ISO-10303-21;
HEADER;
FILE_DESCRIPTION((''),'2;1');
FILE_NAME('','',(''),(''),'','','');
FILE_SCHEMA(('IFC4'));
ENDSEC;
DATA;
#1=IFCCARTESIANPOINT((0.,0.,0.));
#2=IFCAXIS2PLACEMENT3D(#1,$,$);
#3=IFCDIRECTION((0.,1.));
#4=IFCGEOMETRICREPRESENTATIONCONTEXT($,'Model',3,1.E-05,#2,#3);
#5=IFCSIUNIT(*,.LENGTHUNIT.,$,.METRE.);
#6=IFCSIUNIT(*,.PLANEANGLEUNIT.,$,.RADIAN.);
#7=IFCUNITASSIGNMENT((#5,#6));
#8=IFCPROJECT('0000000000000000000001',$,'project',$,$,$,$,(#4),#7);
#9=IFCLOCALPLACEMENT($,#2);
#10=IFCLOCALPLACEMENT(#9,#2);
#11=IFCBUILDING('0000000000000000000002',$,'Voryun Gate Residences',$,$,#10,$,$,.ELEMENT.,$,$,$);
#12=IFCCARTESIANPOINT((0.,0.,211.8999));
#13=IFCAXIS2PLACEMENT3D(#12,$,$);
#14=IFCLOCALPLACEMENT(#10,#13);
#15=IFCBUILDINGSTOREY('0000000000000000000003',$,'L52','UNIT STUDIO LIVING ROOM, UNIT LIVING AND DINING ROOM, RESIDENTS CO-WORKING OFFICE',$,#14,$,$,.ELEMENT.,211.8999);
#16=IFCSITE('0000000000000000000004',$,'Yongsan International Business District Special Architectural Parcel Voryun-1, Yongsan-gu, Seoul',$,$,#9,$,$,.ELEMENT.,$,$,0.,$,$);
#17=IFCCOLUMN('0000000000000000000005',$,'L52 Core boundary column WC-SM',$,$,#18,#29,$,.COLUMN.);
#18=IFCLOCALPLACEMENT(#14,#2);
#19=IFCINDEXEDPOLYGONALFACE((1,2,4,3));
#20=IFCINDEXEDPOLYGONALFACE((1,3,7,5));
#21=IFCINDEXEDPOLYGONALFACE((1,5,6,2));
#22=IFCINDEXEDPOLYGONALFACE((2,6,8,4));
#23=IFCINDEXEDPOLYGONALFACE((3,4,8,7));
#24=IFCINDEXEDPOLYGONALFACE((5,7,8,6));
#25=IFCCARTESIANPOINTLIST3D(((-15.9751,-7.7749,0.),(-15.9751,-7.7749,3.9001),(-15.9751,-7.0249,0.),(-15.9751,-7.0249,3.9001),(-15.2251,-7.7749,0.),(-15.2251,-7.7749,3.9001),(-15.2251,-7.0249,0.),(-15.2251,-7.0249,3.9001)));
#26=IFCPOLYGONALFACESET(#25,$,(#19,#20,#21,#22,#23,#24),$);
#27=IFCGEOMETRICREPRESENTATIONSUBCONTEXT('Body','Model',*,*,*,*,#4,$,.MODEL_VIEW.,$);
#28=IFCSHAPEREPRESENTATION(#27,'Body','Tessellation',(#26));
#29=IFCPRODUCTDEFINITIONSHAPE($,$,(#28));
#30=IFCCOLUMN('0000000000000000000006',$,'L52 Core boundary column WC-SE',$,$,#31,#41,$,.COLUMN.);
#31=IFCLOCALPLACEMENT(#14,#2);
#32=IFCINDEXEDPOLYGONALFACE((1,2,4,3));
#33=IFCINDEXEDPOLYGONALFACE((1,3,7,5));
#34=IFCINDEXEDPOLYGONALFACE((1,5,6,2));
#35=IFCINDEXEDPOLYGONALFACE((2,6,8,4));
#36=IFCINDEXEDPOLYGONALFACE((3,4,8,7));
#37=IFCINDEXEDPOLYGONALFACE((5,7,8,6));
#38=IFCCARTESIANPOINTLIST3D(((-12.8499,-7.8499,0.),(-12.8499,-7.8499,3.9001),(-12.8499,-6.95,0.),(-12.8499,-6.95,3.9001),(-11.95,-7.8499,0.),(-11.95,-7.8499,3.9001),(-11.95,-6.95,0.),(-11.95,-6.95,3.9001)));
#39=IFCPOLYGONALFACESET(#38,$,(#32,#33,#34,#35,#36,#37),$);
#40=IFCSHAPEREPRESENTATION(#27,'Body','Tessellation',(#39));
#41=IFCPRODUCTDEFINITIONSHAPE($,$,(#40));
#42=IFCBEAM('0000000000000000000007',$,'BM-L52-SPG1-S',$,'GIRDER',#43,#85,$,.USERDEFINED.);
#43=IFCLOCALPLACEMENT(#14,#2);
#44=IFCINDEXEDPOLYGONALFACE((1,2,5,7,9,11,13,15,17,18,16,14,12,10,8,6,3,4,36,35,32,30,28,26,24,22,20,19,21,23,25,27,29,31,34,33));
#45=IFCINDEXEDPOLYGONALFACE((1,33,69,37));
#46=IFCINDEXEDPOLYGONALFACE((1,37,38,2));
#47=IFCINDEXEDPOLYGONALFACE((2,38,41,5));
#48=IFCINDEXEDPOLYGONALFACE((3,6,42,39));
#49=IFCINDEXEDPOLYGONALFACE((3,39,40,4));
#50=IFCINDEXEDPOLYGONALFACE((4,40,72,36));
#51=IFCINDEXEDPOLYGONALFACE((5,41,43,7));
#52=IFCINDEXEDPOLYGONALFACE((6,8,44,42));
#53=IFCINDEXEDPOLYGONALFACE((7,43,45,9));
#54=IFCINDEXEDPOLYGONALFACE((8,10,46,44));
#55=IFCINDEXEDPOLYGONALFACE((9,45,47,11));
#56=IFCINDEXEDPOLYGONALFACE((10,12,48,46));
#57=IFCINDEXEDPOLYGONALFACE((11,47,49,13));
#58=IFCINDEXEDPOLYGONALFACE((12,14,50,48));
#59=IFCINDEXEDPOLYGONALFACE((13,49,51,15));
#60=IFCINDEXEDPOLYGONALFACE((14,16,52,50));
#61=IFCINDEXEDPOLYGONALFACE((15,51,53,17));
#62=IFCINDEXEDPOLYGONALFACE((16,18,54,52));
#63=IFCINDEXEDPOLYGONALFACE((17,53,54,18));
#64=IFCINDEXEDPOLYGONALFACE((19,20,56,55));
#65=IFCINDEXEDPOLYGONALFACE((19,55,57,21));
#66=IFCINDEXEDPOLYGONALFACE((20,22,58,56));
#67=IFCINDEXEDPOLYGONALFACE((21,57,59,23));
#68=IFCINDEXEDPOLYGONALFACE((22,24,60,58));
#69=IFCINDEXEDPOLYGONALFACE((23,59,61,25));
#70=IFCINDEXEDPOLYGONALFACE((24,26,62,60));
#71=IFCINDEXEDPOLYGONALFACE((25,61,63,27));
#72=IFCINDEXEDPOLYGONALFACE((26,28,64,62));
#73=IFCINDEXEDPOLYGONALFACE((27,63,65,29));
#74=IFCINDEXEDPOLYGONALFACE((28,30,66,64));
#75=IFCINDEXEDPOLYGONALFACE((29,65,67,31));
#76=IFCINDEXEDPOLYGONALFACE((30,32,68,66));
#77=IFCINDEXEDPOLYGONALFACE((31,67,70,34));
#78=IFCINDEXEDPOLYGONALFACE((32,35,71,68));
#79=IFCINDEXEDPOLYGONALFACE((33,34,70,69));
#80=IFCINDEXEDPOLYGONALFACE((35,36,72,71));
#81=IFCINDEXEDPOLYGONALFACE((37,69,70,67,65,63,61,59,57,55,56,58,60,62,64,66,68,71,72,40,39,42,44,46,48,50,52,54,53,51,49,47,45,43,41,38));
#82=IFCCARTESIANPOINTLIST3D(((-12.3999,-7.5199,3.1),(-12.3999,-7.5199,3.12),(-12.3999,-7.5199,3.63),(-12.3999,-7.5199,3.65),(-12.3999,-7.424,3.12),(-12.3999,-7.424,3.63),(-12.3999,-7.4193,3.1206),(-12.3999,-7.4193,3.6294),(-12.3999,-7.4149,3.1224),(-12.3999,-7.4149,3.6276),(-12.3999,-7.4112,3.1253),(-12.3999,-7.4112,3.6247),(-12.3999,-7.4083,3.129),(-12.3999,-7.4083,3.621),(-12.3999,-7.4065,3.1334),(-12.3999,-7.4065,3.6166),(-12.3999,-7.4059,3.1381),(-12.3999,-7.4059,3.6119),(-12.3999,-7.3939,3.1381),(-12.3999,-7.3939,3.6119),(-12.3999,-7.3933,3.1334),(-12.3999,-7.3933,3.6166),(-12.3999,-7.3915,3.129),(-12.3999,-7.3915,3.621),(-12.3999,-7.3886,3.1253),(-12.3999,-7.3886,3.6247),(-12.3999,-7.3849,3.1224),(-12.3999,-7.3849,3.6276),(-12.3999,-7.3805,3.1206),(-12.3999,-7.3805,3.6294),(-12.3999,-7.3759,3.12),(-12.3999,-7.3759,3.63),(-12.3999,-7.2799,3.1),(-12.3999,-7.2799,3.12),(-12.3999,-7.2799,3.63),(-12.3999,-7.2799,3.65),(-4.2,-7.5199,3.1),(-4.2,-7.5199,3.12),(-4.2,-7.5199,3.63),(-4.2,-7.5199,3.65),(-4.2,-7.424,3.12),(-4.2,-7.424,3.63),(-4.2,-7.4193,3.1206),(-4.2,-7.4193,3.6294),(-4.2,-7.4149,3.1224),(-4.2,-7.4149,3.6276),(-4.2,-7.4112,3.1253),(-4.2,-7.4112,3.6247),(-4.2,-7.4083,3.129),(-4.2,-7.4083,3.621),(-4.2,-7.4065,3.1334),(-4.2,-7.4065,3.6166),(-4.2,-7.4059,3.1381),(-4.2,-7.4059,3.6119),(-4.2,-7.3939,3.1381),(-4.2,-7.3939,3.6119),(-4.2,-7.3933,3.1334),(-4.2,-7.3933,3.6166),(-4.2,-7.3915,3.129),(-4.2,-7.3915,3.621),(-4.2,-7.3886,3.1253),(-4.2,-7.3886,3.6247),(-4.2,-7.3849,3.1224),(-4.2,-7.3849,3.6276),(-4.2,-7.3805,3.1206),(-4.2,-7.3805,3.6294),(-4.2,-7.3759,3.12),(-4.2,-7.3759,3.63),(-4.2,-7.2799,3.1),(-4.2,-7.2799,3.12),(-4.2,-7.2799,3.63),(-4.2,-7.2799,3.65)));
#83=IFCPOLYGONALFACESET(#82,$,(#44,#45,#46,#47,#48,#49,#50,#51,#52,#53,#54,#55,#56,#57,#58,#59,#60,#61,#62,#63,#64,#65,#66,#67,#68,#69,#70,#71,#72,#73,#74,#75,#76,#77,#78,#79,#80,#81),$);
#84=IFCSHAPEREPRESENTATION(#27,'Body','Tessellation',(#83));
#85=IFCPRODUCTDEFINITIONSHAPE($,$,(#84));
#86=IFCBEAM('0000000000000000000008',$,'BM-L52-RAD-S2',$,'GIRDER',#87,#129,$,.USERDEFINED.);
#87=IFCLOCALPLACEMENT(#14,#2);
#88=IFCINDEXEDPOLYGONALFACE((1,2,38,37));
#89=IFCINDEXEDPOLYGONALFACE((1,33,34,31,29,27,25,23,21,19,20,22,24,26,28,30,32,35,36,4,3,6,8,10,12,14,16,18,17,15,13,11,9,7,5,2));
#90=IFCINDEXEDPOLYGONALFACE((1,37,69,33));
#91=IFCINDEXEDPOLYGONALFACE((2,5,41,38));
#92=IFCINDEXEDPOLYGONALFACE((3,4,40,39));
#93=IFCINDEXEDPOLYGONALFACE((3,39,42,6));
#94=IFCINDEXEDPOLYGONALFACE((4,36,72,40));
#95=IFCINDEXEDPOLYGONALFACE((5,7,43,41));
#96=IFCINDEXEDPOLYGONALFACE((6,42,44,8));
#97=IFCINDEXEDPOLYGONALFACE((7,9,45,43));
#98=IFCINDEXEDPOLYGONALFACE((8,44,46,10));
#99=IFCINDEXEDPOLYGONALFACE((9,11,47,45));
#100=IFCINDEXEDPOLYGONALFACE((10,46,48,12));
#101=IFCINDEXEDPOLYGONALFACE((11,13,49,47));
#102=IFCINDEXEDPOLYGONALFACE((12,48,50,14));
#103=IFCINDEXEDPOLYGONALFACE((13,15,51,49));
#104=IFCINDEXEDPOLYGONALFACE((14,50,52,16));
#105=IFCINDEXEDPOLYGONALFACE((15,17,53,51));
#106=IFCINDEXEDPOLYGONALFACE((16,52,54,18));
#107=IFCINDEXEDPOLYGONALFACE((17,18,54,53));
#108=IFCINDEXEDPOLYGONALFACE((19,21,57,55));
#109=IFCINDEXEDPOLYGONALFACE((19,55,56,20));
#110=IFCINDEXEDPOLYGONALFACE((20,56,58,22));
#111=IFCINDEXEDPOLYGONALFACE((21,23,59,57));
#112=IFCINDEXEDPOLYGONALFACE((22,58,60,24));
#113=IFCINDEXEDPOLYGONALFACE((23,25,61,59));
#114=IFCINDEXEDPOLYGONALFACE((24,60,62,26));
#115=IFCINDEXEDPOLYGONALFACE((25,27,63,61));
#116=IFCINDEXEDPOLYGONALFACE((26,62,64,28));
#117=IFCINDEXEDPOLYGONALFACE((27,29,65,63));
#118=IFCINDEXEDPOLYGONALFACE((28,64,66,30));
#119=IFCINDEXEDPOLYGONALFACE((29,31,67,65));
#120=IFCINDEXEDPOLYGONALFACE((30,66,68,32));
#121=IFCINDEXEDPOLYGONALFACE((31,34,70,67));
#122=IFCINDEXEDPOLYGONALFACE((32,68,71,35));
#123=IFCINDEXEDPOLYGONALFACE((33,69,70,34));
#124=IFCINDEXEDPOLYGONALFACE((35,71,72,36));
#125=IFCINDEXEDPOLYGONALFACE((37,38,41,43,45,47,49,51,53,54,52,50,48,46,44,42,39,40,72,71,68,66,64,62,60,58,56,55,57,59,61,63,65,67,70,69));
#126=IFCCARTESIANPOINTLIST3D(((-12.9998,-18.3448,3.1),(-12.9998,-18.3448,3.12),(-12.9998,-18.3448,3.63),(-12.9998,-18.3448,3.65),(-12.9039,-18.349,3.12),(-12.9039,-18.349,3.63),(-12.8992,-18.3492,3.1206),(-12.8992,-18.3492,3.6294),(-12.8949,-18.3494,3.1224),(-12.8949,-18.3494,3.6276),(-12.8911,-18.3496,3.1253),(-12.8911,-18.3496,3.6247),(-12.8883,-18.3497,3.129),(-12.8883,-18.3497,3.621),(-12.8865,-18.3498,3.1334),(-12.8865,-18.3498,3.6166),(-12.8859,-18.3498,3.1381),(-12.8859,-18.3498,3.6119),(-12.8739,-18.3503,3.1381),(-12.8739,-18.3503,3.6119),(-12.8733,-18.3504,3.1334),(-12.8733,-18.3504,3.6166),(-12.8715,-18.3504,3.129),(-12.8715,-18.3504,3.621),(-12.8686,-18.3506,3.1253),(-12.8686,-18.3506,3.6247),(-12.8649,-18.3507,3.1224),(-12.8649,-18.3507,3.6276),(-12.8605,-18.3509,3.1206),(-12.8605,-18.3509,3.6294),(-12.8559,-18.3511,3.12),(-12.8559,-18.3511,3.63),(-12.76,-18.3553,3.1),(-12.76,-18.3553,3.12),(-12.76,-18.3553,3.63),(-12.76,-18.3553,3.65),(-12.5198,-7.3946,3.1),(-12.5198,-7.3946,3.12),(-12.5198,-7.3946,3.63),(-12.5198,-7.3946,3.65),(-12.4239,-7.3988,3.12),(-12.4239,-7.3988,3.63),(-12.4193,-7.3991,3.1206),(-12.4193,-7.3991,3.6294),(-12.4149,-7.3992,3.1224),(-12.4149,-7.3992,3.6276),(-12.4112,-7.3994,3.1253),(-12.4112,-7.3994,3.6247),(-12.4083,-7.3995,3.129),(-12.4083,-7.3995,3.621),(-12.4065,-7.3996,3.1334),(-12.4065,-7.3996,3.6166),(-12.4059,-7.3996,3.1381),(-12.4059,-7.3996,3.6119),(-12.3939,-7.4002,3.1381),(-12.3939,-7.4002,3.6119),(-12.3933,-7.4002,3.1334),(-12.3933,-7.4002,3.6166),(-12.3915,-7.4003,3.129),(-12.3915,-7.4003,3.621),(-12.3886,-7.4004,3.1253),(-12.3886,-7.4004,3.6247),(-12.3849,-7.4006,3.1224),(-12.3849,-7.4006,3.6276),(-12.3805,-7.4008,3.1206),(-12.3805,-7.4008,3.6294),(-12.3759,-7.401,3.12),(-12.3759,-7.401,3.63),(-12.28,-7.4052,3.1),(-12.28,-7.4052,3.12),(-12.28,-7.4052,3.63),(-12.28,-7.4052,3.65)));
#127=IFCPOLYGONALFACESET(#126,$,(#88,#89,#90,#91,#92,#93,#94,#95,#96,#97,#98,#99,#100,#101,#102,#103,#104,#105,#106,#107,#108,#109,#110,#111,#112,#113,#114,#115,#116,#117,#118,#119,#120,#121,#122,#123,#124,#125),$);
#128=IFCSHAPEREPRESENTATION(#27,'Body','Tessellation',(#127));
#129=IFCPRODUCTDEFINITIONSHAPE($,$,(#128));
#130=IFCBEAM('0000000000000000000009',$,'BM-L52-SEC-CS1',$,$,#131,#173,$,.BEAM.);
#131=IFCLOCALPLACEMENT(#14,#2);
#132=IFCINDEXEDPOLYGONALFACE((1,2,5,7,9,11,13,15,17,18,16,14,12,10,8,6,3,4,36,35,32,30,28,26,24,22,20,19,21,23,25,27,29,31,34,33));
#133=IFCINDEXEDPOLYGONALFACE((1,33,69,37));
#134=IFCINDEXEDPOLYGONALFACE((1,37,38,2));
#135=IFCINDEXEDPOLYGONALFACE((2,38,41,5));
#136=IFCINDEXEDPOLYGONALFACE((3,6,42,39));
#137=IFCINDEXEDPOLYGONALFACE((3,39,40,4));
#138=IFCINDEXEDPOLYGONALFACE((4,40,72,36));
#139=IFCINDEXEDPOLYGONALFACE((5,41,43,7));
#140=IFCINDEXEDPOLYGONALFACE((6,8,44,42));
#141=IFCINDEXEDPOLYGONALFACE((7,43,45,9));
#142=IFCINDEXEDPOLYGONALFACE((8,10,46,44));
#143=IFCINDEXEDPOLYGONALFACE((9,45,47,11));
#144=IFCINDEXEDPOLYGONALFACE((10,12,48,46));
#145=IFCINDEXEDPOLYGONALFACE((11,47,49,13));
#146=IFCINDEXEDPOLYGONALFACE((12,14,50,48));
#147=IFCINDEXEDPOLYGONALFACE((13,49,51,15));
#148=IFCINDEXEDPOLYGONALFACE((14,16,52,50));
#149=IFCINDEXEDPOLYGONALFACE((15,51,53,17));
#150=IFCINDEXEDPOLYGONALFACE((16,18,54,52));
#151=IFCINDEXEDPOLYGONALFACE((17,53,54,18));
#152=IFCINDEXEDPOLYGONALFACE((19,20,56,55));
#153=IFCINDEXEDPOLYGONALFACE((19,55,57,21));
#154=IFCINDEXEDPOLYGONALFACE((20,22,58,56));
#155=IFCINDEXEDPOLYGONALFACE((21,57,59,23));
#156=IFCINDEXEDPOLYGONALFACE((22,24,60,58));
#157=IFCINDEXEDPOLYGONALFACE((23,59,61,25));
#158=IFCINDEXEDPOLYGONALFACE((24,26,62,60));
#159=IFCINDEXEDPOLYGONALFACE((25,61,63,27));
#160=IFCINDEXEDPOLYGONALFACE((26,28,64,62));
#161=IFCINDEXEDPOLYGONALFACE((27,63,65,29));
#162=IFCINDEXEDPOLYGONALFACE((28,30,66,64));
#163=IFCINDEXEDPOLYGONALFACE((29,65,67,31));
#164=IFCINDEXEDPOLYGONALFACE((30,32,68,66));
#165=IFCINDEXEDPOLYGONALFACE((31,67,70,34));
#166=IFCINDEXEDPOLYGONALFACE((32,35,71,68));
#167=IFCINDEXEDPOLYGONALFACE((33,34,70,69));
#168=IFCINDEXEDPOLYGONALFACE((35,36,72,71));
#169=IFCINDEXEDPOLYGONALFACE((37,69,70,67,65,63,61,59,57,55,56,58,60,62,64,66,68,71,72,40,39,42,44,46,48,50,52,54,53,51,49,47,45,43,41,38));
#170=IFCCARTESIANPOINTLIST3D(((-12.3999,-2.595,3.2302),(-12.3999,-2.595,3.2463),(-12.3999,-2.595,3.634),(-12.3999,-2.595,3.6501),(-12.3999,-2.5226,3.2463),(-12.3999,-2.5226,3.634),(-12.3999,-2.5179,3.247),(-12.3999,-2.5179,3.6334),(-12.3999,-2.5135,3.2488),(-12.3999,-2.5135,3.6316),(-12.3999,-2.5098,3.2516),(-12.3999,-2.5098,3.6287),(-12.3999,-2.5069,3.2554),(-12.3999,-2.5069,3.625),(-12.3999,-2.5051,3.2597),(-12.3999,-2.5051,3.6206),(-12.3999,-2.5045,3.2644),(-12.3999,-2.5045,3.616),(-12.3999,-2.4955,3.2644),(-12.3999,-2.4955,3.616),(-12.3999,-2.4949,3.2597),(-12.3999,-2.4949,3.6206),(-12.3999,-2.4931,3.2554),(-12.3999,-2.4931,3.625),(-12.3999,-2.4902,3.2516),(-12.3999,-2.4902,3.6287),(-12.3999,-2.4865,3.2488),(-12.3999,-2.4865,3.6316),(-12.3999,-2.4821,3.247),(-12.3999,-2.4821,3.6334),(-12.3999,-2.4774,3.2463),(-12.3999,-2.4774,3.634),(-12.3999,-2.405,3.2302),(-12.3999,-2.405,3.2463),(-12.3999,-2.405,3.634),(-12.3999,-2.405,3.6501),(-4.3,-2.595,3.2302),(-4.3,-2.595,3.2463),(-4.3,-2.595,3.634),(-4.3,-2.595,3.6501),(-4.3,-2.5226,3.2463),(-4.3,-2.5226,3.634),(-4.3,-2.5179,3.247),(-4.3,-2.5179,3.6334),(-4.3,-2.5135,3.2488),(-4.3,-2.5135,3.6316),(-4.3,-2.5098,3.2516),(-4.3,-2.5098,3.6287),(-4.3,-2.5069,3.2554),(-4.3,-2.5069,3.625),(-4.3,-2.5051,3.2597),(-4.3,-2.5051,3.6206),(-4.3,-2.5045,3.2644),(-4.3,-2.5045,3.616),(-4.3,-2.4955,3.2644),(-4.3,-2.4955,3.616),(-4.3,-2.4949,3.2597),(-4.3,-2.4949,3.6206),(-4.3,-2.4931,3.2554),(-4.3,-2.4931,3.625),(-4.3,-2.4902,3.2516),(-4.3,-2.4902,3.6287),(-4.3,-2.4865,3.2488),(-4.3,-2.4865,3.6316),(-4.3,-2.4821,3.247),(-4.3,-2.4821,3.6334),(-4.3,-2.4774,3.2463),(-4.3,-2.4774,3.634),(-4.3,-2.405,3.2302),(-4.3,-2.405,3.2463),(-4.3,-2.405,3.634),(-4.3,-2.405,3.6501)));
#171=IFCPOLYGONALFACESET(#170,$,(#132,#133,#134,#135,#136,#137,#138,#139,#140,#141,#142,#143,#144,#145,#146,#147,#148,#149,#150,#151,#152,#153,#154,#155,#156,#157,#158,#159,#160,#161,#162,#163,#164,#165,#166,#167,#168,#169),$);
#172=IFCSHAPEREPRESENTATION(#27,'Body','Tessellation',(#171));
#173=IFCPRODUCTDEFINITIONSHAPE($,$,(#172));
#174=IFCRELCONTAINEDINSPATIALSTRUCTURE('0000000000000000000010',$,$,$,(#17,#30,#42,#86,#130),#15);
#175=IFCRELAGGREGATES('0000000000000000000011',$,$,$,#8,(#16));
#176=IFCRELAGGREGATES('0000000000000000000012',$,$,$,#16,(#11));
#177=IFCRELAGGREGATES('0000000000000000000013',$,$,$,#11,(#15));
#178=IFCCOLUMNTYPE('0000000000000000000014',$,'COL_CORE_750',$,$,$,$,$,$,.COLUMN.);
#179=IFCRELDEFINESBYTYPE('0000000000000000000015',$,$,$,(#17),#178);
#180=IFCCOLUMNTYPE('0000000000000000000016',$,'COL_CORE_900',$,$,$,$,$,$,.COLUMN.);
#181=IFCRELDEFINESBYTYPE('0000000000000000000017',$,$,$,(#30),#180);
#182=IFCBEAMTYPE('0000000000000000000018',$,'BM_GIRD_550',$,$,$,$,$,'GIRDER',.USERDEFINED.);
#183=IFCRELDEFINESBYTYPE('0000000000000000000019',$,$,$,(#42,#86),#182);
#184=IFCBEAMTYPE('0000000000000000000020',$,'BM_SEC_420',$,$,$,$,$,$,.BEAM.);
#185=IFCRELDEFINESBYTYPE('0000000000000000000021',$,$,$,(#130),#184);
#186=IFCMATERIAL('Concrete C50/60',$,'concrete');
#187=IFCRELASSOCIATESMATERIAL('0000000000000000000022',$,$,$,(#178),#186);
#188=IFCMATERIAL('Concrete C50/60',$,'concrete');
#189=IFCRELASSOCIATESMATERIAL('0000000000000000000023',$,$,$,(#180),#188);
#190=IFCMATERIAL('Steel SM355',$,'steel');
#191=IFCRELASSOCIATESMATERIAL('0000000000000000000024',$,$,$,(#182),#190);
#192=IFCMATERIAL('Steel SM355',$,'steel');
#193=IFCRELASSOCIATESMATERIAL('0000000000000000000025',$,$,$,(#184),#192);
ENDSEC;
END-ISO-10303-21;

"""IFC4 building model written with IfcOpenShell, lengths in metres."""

from ifc_helpers import new_model, si_unit, direction, frame, origin, origin_2d, place, context, subcontext, project, spatial, rectangle, i_section, extrude, material, material_profile, profile_set, type_object, element, save


model = new_model("IFC4")

# Units and contexts
model_context = context("Model", 3, precision=1e-05, world=origin(), true_north=direction((0.0, 1.0)))
body_context = subcontext(model_context, "Body", "Model", "MODEL_VIEW")
ifc_project = project(units=[si_unit("LENGTHUNIT", "METRE"), si_unit("PLANEANGLEUNIT", "RADIAN")], contexts=[model_context])

# Site, building, storey
site_placement = place(None, origin())
site = spatial("IfcSite", under=ifc_project, at=site_placement, Name="Yongsan International Business District Special Architectural Parcel Voryun-1, Yongsan-gu, Seoul", CompositionType="ELEMENT", RefElevation=0.0)
building_placement = place(site_placement, origin())
building = spatial("IfcBuilding", under=site, at=building_placement, Name="Voryun Gate Residences", CompositionType="ELEMENT")
storey_placement = place(building_placement, frame((0.0, 0.0, 211.8999)))
storey = spatial("IfcBuildingStorey", under=building, at=storey_placement, Name="L52", Description="UNIT STUDIO LIVING ROOM, UNIT LIVING AND DINING ROOM, RESIDENTS CO-WORKING OFFICE", CompositionType="ELEMENT", Elevation=211.8999)

# Columns
ifc_material_1 = material(Name="Concrete C50/60", Category="concrete")
ifc_material_profile_1 = material_profile(ifc_material_1, rectangle(XDim=0.75, YDim=0.75, at=origin_2d()), Name="RC-750x750")
ifc_profile_set_1 = profile_set([ifc_material_profile_1], Name="Concrete C50/60")
column_type_1 = type_object("IfcColumnType", Name="COL_CORE_750", PredefinedType="COLUMN", material=ifc_profile_set_1)
column_1_placement = place(storey_placement, frame((-15.6001, -7.3999, 0.0), z_axis=(0.0, 0.0, 1.0), x_axis=(1.0, 0.0, 0.0)))
element("IfcColumn", 1, at=column_1_placement, inside=storey, type_object=column_type_1, Name="L52 Core boundary column WC-SM", PredefinedType="COLUMN", context=body_context, shape_type="SweptSolid", body=[
    extrude(rectangle(XDim=0.75, YDim=0.75, at=origin_2d()), origin(), (0.0, 0.0, 1.0), 3.9001),
])
ifc_material_2 = material(Name="Concrete C50/60", Category="concrete")
ifc_material_profile_2 = material_profile(ifc_material_2, rectangle(XDim=0.8999, YDim=0.8999, at=origin_2d()), Name="RC-900x900")
ifc_profile_set_2 = profile_set([ifc_material_profile_2], Name="Concrete C50/60")
column_type_2 = type_object("IfcColumnType", Name="COL_CORE_900", PredefinedType="COLUMN", material=ifc_profile_set_2)
column_2_placement = place(storey_placement, frame((-12.3999, -7.3999, 0.0), z_axis=(0.0, 0.0, 1.0), x_axis=(1.0, 0.0, 0.0)))
element("IfcColumn", 2, at=column_2_placement, inside=storey, type_object=column_type_2, Name="L52 Core boundary column WC-SE", PredefinedType="COLUMN", context=body_context, shape_type="SweptSolid", body=[
    extrude(rectangle(XDim=0.8999, YDim=0.8999, at=origin_2d()), origin(), (0.0, 0.0, 1.0), 3.9001),
])

# Beams
ifc_material_3 = material(Name="Steel SM355", Category="steel")
ifc_material_profile_3 = material_profile(ifc_material_3, i_section(OverallWidth=0.24, OverallDepth=0.55, WebThickness=0.012, FlangeThickness=0.02, FilletRadius=0.0181, at=origin_2d()), Name="H-550x240x12x20")
ifc_profile_set_3 = profile_set([ifc_material_profile_3], Name="Steel SM355")
beam_type_1 = type_object("IfcBeamType", Name="BM_GIRD_550", ElementType="GIRDER", PredefinedType="USERDEFINED", material=ifc_profile_set_3)
beam_1_placement = place(storey_placement, frame((-12.3999, -7.3999, 3.375), z_axis=(1.0, 0.0, 0.0), x_axis=(0.0, 1.0, 0.0)))
element("IfcBeam", 3, at=beam_1_placement, inside=storey, type_object=beam_type_1, Name="BM-L52-SPG1-S", ObjectType="GIRDER", PredefinedType="USERDEFINED", context=body_context, shape_type="SweptSolid", body=[
    extrude(i_section(OverallWidth=0.24, OverallDepth=0.55, WebThickness=0.012, FlangeThickness=0.02, FilletRadius=0.0181, at=origin_2d()), origin(), (0.0, 0.0, 1.0), 8.2),
])
beam_2_placement = place(storey_placement, frame((-12.3999, -7.3999, 3.375), z_axis=(-0.043791, -0.999041, 0.0), x_axis=(0.999041, -0.043791, 0.0)))
element("IfcBeam", 4, at=beam_2_placement, inside=storey, type_object=beam_type_1, Name="BM-L52-RAD-S2", ObjectType="GIRDER", PredefinedType="USERDEFINED", context=body_context, shape_type="SweptSolid", body=[
    extrude(i_section(OverallWidth=0.24, OverallDepth=0.55, WebThickness=0.012, FlangeThickness=0.02, FilletRadius=0.0181, at=origin_2d()), origin(), (0.0, 0.0, 1.0), 10.9607),
])
ifc_material_4 = material(Name="Steel SM355", Category="steel")
ifc_material_profile_4 = material_profile(ifc_material_4, i_section(OverallWidth=0.1899, OverallDepth=0.4199, WebThickness=0.009, FlangeThickness=0.0161, FilletRadius=0.0181, at=origin_2d()), Name="H-420x190x9x16")
ifc_profile_set_4 = profile_set([ifc_material_profile_4], Name="Steel SM355")
beam_type_2 = type_object("IfcBeamType", Name="BM_SEC_420", PredefinedType="BEAM", material=ifc_profile_set_4)
beam_3_placement = place(storey_placement, frame((-12.3999, -2.5, 3.4402), z_axis=(1.0, 0.0, 0.0), x_axis=(0.0, 1.0, 0.0)))
element("IfcBeam", 5, at=beam_3_placement, inside=storey, type_object=beam_type_2, Name="BM-L52-SEC-CS1", PredefinedType="BEAM", context=body_context, shape_type="SweptSolid", body=[
    extrude(i_section(OverallWidth=0.1899, OverallDepth=0.4199, WebThickness=0.009, FlangeThickness=0.0161, FilletRadius=0.0181, at=origin_2d()), origin(), (0.0, 0.0, 1.0), 8.0999),
])

save(model, "model.ifc")
